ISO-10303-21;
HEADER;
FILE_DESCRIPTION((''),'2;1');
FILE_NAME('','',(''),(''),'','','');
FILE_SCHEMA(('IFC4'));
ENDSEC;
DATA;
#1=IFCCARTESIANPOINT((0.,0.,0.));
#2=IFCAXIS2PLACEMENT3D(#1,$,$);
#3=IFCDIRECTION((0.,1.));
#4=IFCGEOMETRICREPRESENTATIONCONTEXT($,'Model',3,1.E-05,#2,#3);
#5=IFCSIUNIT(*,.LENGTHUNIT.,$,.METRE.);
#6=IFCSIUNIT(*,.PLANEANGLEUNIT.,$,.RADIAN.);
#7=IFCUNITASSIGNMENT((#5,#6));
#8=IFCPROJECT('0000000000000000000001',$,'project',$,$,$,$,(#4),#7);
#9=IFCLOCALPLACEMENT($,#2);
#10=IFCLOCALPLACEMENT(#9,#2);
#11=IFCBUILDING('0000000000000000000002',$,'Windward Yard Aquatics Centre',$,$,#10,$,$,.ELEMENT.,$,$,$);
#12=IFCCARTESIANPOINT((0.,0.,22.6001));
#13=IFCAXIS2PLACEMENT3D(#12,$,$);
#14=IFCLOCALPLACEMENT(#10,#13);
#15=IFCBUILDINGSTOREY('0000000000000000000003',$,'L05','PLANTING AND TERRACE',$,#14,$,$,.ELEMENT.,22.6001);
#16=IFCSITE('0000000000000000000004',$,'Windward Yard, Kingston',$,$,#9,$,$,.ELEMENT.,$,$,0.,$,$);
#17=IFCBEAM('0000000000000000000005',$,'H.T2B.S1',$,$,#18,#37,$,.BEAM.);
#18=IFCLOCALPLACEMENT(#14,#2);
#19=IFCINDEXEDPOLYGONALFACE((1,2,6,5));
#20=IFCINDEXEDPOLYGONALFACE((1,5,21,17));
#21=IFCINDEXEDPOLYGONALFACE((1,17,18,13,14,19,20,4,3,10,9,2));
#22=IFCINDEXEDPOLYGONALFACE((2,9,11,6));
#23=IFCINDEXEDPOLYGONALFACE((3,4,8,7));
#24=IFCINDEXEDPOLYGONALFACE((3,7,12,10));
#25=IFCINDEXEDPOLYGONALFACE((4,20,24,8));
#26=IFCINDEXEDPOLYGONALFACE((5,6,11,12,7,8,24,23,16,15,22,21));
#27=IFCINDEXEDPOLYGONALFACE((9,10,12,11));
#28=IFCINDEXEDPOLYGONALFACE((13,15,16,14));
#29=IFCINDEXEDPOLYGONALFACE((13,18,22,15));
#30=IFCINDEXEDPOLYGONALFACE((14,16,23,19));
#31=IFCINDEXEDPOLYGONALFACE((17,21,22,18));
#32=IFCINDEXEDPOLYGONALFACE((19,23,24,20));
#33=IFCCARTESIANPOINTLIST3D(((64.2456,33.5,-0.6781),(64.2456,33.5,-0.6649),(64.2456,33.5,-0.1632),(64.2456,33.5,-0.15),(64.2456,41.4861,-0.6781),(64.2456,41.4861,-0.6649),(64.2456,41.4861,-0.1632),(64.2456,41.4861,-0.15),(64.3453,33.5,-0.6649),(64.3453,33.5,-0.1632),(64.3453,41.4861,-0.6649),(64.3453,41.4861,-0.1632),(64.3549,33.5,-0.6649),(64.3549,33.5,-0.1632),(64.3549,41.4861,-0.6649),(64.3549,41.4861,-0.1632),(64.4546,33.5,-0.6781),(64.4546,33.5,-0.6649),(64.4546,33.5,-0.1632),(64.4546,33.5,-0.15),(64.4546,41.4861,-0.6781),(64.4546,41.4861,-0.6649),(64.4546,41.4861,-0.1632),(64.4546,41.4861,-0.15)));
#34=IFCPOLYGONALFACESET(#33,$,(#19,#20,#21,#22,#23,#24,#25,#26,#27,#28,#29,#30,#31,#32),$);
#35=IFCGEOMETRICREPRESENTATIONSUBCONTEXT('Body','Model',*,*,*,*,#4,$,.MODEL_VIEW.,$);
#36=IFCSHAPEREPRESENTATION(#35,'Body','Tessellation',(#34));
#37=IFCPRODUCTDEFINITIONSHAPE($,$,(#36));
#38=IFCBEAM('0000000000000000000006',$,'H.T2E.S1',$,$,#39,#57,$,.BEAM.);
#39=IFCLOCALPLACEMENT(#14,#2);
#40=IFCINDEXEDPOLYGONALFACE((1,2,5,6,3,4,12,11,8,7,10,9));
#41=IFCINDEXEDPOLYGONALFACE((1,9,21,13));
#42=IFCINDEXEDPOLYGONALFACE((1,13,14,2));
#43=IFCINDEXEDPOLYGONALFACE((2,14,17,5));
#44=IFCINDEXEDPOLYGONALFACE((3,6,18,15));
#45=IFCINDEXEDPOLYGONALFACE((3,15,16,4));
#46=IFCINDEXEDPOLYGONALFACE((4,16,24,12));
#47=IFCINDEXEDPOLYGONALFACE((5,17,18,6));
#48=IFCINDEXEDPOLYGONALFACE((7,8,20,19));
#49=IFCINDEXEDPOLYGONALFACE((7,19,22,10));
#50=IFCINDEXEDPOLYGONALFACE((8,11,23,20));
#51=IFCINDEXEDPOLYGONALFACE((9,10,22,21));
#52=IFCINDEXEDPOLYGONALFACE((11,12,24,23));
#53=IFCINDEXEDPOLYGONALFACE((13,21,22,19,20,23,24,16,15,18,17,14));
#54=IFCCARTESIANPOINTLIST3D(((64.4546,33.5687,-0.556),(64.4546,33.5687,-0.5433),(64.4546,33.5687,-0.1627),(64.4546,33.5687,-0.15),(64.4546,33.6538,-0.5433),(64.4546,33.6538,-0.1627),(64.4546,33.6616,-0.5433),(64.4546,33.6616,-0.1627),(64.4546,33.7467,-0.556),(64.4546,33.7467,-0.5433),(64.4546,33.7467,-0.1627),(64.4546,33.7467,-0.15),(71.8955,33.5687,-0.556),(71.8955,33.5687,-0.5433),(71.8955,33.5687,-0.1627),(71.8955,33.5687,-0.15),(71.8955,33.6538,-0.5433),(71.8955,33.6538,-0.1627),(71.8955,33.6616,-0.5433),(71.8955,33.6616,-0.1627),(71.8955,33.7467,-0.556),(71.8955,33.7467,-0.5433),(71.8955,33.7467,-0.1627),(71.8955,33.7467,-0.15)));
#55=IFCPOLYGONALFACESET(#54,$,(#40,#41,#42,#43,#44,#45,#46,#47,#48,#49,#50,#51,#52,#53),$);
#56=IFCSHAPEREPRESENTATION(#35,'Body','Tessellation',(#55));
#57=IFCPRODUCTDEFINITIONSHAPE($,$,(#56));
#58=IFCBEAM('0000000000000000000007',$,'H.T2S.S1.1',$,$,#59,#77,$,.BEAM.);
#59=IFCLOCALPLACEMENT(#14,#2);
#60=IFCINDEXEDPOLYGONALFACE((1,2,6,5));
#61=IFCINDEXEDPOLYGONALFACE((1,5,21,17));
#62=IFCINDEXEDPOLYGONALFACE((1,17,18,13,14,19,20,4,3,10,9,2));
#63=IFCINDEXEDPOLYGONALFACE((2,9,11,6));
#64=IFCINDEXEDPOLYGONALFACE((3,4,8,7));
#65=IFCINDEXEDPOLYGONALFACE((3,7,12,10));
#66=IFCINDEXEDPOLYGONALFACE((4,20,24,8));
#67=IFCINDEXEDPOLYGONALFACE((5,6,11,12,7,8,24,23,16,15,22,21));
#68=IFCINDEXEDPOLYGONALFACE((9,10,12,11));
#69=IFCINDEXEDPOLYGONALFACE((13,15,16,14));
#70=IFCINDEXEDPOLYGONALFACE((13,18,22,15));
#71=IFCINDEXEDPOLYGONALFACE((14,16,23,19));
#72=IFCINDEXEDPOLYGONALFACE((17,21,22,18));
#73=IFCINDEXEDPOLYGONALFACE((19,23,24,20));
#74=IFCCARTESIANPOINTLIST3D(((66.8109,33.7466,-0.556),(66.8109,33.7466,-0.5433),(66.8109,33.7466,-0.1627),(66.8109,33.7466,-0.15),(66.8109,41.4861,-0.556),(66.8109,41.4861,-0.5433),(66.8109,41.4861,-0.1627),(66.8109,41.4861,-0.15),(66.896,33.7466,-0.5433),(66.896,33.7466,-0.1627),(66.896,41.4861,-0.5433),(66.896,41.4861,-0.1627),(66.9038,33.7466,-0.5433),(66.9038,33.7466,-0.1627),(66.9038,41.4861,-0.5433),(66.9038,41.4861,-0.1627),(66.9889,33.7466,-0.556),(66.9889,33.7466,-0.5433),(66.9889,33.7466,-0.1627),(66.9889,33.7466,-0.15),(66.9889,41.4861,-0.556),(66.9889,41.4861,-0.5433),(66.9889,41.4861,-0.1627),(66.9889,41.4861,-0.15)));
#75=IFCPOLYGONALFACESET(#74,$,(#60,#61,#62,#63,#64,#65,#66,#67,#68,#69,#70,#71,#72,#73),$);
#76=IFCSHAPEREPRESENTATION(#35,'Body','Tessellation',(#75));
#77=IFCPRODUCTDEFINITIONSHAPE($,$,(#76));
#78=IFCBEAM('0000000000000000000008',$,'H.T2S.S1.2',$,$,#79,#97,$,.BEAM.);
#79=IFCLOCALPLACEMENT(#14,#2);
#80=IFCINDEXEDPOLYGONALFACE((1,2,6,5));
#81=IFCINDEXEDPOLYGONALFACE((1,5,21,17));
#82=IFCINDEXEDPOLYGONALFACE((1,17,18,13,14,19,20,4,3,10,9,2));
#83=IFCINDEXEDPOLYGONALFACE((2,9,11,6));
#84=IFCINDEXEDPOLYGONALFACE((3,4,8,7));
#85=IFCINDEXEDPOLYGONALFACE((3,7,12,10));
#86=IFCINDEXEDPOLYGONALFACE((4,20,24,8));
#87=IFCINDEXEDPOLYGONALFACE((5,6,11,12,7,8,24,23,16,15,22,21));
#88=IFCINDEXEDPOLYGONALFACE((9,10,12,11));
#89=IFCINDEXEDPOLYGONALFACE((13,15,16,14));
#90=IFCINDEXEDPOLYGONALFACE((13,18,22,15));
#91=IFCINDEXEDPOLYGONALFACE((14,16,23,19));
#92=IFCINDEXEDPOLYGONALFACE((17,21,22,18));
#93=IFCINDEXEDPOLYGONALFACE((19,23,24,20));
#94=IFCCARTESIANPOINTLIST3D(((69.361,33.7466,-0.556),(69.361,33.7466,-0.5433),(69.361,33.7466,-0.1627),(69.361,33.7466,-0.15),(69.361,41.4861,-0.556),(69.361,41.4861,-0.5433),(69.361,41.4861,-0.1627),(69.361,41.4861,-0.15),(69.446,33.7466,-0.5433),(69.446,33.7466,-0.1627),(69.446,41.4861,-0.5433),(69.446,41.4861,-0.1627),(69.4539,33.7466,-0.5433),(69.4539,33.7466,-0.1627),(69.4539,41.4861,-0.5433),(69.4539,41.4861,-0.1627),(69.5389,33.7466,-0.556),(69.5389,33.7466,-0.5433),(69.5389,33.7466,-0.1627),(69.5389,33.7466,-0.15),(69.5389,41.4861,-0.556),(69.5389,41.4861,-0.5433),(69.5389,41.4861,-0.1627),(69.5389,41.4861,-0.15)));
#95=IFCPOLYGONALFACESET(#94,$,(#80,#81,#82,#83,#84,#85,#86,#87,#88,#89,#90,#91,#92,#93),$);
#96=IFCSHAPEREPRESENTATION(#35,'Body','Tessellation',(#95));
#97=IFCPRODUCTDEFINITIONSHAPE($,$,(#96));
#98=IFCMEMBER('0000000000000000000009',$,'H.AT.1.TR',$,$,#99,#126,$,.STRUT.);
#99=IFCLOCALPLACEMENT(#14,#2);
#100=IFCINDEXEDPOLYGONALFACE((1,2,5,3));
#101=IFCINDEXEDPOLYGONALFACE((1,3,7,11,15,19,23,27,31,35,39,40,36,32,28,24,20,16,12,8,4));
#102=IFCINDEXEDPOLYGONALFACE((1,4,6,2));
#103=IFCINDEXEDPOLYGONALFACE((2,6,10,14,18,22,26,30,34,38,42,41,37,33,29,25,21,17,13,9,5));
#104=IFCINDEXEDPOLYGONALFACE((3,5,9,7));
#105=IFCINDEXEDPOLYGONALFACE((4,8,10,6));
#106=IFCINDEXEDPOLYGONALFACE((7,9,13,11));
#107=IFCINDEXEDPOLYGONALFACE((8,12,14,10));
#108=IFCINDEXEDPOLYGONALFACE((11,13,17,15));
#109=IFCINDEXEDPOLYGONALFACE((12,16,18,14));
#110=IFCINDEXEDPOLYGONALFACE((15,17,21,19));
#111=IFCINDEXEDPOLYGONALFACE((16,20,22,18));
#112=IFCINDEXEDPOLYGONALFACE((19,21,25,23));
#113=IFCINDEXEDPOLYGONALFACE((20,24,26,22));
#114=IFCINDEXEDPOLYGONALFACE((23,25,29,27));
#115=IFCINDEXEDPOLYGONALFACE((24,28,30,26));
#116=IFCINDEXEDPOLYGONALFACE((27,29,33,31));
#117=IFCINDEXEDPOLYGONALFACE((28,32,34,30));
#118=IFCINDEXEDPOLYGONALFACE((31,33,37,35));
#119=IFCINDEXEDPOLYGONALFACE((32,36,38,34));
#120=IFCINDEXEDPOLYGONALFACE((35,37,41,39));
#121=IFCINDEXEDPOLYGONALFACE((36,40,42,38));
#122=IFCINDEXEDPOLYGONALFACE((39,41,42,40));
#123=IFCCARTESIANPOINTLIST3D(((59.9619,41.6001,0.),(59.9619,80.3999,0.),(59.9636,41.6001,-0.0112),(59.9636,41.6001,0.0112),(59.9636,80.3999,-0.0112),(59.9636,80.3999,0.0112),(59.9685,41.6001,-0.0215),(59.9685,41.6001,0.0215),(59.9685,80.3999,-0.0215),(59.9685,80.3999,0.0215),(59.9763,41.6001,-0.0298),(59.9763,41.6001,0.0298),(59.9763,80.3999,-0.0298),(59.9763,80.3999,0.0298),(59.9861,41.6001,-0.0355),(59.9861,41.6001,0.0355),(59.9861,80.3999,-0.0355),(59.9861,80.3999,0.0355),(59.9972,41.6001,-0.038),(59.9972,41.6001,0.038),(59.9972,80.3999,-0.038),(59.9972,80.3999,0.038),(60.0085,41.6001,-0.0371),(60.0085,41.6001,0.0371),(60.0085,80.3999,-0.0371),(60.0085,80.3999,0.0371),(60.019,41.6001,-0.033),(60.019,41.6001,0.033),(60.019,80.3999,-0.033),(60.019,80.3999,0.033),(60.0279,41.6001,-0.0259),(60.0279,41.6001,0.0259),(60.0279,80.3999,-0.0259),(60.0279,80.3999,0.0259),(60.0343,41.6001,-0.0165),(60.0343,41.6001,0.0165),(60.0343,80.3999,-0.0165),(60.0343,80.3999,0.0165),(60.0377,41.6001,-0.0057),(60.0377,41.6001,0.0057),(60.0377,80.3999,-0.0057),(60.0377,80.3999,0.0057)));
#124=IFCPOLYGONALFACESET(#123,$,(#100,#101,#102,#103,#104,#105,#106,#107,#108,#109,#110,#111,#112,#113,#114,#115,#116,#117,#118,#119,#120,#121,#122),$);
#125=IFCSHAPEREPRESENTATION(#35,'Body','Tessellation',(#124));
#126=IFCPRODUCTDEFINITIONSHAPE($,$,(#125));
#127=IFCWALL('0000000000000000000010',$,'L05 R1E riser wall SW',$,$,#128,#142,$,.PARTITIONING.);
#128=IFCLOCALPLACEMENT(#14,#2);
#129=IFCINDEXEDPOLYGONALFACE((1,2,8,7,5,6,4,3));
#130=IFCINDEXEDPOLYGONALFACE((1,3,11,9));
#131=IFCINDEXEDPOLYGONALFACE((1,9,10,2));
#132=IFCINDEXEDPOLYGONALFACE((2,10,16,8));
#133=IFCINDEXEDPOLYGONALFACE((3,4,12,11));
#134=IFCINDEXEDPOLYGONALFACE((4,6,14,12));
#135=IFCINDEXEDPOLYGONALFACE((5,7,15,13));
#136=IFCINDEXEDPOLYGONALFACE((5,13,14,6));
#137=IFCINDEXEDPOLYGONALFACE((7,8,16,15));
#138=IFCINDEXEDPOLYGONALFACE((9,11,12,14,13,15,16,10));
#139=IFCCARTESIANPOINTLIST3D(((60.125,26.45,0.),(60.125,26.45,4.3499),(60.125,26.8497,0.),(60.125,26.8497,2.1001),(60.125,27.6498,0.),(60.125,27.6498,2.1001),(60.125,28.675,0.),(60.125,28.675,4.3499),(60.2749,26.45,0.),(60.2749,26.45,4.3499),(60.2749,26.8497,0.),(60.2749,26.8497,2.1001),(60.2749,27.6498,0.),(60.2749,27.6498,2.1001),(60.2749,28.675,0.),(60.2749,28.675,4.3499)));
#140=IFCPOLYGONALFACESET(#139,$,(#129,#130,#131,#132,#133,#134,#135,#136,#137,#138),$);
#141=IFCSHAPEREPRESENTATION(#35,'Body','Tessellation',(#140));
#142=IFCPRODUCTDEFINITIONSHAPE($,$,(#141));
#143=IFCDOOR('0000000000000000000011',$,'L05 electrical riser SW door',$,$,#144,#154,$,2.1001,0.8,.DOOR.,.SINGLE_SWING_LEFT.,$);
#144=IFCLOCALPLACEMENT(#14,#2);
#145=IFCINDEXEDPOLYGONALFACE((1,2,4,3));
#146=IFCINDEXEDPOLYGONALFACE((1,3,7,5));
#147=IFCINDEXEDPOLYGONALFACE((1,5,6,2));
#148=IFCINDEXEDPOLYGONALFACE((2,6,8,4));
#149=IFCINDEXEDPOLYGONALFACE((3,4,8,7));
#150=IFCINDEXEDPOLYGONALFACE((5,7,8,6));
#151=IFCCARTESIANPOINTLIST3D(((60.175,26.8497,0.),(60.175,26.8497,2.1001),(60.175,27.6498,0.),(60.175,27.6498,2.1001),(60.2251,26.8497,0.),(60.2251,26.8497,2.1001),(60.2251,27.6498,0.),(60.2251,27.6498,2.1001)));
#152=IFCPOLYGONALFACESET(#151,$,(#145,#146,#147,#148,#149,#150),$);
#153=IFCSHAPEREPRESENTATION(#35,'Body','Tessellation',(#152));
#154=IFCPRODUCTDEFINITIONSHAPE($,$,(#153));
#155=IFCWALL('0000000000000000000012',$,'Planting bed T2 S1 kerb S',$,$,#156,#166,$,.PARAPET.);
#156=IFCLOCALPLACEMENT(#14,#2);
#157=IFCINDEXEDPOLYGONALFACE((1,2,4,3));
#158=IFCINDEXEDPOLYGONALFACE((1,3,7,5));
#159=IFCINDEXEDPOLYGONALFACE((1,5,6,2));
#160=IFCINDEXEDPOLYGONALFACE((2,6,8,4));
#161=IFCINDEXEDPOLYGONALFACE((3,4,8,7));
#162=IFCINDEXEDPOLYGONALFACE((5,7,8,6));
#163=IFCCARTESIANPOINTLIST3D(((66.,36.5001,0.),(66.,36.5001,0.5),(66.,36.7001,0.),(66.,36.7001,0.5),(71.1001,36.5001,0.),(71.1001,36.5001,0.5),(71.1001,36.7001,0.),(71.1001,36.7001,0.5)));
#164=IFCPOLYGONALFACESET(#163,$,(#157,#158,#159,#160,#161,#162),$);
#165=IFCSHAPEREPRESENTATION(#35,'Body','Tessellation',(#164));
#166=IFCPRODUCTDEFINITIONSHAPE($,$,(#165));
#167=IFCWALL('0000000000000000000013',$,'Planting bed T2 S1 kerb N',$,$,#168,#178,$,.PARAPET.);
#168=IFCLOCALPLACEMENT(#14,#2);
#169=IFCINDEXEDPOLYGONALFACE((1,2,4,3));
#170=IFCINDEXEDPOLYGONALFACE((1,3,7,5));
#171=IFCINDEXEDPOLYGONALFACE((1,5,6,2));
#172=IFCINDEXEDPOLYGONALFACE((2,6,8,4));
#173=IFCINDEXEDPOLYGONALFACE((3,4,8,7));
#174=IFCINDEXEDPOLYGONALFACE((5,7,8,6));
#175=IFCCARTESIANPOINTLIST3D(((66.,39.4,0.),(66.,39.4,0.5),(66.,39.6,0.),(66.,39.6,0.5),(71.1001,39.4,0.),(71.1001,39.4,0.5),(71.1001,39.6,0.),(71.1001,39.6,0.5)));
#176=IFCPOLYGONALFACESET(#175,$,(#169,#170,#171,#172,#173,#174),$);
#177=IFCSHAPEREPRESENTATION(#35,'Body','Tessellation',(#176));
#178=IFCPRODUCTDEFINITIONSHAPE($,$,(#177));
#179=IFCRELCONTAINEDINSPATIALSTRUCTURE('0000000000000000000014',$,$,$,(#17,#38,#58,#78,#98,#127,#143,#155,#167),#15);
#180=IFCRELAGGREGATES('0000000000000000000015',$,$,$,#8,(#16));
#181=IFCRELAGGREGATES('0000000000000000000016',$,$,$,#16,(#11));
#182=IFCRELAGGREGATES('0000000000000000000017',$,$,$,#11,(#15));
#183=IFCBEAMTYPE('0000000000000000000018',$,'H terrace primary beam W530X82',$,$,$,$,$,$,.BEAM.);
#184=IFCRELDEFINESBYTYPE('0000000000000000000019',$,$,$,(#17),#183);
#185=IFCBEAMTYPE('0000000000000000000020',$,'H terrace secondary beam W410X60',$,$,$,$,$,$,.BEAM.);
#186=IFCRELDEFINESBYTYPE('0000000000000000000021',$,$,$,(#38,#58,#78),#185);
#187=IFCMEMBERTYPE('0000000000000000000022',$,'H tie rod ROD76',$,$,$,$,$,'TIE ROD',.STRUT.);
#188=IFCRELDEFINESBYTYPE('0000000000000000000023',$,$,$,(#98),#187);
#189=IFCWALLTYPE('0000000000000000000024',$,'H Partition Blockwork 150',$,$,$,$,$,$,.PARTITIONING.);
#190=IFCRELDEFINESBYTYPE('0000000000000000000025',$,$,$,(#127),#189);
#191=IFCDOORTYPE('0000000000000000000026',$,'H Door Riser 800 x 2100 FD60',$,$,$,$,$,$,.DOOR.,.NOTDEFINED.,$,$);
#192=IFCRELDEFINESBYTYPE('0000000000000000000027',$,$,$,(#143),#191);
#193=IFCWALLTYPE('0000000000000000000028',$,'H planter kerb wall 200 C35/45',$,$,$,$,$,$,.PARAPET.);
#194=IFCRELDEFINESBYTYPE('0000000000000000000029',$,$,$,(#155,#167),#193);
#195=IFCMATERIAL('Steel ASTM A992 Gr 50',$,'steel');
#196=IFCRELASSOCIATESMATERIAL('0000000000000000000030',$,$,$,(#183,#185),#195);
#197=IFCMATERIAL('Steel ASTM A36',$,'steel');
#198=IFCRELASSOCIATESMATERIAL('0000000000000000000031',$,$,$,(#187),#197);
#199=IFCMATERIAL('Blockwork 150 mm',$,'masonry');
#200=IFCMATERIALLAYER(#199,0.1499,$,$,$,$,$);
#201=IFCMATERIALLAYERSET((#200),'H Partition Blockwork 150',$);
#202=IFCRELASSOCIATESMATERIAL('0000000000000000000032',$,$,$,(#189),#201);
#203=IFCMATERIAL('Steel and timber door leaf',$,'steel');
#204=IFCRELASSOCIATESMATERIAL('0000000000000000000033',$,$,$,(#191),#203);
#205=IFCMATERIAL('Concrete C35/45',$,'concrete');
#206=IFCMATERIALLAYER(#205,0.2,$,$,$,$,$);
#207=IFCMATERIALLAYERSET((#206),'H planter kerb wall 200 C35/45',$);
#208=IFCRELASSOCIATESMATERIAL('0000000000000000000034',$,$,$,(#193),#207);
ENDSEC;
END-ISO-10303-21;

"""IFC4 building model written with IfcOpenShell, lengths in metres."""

from ifc_helpers import new_model, si_unit, direction, frame, frame_2d, origin, origin_2d, place, context, subcontext, project, spatial, rectangle, circle, i_section, extrude, material, layer, layer_set, material_profile, profile_set, type_object, element, fill, save


model = new_model("IFC4")

# Units and contexts
model_context = context("Model", 3, precision=1e-05, world=origin(), true_north=direction((0.0, 1.0)))
body_context = subcontext(model_context, "Body", "Model", "MODEL_VIEW")
ifc_project = project(units=[si_unit("LENGTHUNIT", "METRE"), si_unit("PLANEANGLEUNIT", "RADIAN")], contexts=[model_context])

# Site, building, storey
site_placement = place(None, origin())
site = spatial("IfcSite", under=ifc_project, at=site_placement, Name="Windward Yard, Kingston", CompositionType="ELEMENT", RefElevation=0.0)
building_placement = place(site_placement, origin())
building = spatial("IfcBuilding", under=site, at=building_placement, Name="Windward Yard Aquatics Centre", CompositionType="ELEMENT")
storey_placement = place(building_placement, frame((0.0, 0.0, 22.6001)))
storey = spatial("IfcBuildingStorey", under=building, at=storey_placement, Name="L05", Description="PLANTING AND TERRACE", CompositionType="ELEMENT", Elevation=22.6001)

# Shared definitions
ifc_material_1 = material(Name="Steel ASTM A992 Gr 50", Category="steel")

# Beams
ifc_material_profile_1 = material_profile(ifc_material_1, i_section(OverallWidth=0.209, OverallDepth=0.5281, WebThickness=0.0095, FlangeThickness=0.0132, at=origin_2d()), Name="W530X82")
ifc_profile_set_1 = profile_set([ifc_material_profile_1], Name="Steel ASTM A992 Gr 50")
beam_type_1 = type_object("IfcBeamType", Name="H terrace primary beam W530X82", PredefinedType="BEAM", material=ifc_profile_set_1)
beam_1_placement = place(storey_placement, frame((64.3501, 33.5, -0.4141), z_axis=(0.0, 1.0, 0.0), x_axis=(-1.0, 0.0, 0.0)))
element("IfcBeam", 1, at=beam_1_placement, inside=storey, type_object=beam_type_1, Name="H.T2B.S1", PredefinedType="BEAM", context=body_context, shape_type="SweptSolid", body=[
    extrude(i_section(OverallWidth=0.209, OverallDepth=0.5281, WebThickness=0.0095, FlangeThickness=0.0132, at=origin_2d()), origin(), (0.0, 0.0, 1.0), 7.9861),
])
ifc_material_profile_2 = material_profile(ifc_material_1, i_section(OverallWidth=0.178, OverallDepth=0.406, WebThickness=0.0078, FlangeThickness=0.0127, at=origin_2d()), Name="W410X60")
ifc_profile_set_2 = profile_set([ifc_material_profile_2], Name="Steel ASTM A992 Gr 50")
beam_type_2 = type_object("IfcBeamType", Name="H terrace secondary beam W410X60", PredefinedType="BEAM", material=ifc_profile_set_2)
beam_2_placement = place(storey_placement, frame((64.4546, 33.6577, -0.353), z_axis=(1.0, 0.0, 0.0), x_axis=(0.0, 1.0, 0.0)))
element("IfcBeam", 2, at=beam_2_placement, inside=storey, type_object=beam_type_2, Name="H.T2E.S1", PredefinedType="BEAM", context=body_context, shape_type="SweptSolid", body=[
    extrude(i_section(OverallWidth=0.178, OverallDepth=0.406, WebThickness=0.0078, FlangeThickness=0.0127, at=origin_2d()), origin(), (0.0, 0.0, 1.0), 7.4409),
])
for number, where, z_axis, x_axis, name in (
    (3, (66.8999, 33.7466, -0.353), (0.0, 1.0, 0.0), (-1.0, 0.0, 0.0), "H.T2S.S1.1"),
    (4, (69.45, 33.7466, -0.353), (0.0, 1.0, 0.0), (-1.0, 0.0, 0.0), "H.T2S.S1.2"),
):
    element("IfcBeam", number, at=place(storey_placement, frame(where, z_axis=z_axis, x_axis=x_axis)), inside=storey, type_object=beam_type_2, Name=name, PredefinedType="BEAM", context=body_context, shape_type="SweptSolid", body=[
        extrude(i_section(OverallWidth=0.178, OverallDepth=0.406, WebThickness=0.0078, FlangeThickness=0.0127, at=origin_2d()), origin(), (0.0, 0.0, 1.0), 7.7395),
    ])

# Member
ifc_material_2 = material(Name="Steel ASTM A36", Category="steel")
ifc_material_profile_3 = material_profile(ifc_material_2, circle(Radius=0.0381, at=origin_2d()), Name="ROD76")
ifc_profile_set_3 = profile_set([ifc_material_profile_3], Name="Steel ASTM A36")
member_type_1 = type_object("IfcMemberType", Name="H tie rod ROD76", ElementType="TIE ROD", PredefinedType="STRUT", material=ifc_profile_set_3)
member_1_placement = place(storey_placement, frame((60.0, 41.6001, 0.0), z_axis=(0.0, 1.0, 0.0), x_axis=(-1.0, 0.0, 0.0)))
element("IfcMember", 5, at=member_1_placement, inside=storey, type_object=member_type_1, Name="H.AT.1.TR", PredefinedType="STRUT", context=body_context, shape_type="SweptSolid", body=[
    extrude(circle(Radius=0.0381, at=origin_2d()), origin(), (0.0, 0.0, 1.0), 38.7998),
])

# Wall, opening, door
ifc_material_3 = material(Name="Blockwork 150 mm", Category="masonry")
ifc_layer_1 = layer(ifc_material_3, 0.1499)
ifc_layer_set_1 = layer_set([ifc_layer_1], Name="H Partition Blockwork 150")
wall_type_1 = type_object("IfcWallType", Name="H Partition Blockwork 150", PredefinedType="PARTITIONING", material=ifc_layer_set_1)
wall_1_placement = place(storey_placement, frame((60.2, 26.45, 0.0), z_axis=(0.0, 0.0, 1.0), x_axis=(0.0, 1.0, 0.0)))
wall_1 = element("IfcWall", 6, at=wall_1_placement, inside=storey, type_object=wall_type_1, Name="L05 R1E riser wall SW", PredefinedType="PARTITIONING", context=body_context, shape_type="SweptSolid", body=[
    extrude(rectangle(XDim=2.2251, YDim=0.1499, at=frame_2d((1.1125, 0.0))), origin(), (0.0, 0.0, 1.0), 4.3499),
])
opening_1_placement = place(wall_1_placement, frame((0.3999, 0.0, 0.0)))
opening_1 = element("IfcOpeningElement", 7, at=opening_1_placement, cuts=wall_1, PredefinedType="OPENING", context=body_context, shape_type="SweptSolid", body=[
    extrude(rectangle(XDim=0.8, YDim=2.1001, at=frame_2d((0.3999, 1.05))), frame((0.0, 0.085, 0.0), z_axis=(0.0, -1.0, 0.0), x_axis=(1.0, 0.0, 0.0)), (0.0, 0.0, 1.0), 0.1699),
])
ifc_material_4 = material(Name="Steel and timber door leaf", Category="steel")
door_type_1 = type_object("IfcDoorType", Name="H Door Riser 800 x 2100 FD60", OperationType="NOTDEFINED", PredefinedType="DOOR", material=ifc_material_4)
door_1_placement = place(opening_1_placement, origin())
door_1 = element("IfcDoor", 8, at=door_1_placement, inside=storey, type_object=door_type_1, Name="L05 electrical riser SW door", OperationType="SINGLE_SWING_LEFT", OverallHeight=2.1001, OverallWidth=0.8, PredefinedType="DOOR", context=body_context, shape_type="SweptSolid", body=[
    extrude(rectangle(XDim=0.8, YDim=2.1001, at=frame_2d((0.3999, 1.05))), frame((0.0, 0.0249, 0.0), z_axis=(0.0, -1.0, 0.0), x_axis=(1.0, 0.0, 0.0)), (0.0, 0.0, 1.0), 0.05),
])
fill(opening_1, door_1)

# Walls
ifc_material_5 = material(Name="Concrete C35/45", Category="concrete")
ifc_layer_2 = layer(ifc_material_5, 0.2)
ifc_layer_set_2 = layer_set([ifc_layer_2], Name="H planter kerb wall 200 C35/45")
wall_type_2 = type_object("IfcWallType", Name="H planter kerb wall 200 C35/45", PredefinedType="PARAPET", material=ifc_layer_set_2)
for number, where, z_axis, x_axis, name in (
    (9, (66.0, 36.6001, 0.0), (0.0, 0.0, 1.0), (1.0, 0.0, 0.0), "Planting bed T2 S1 kerb S"),
    (10, (66.0, 39.5, 0.0), (0.0, 0.0, 1.0), (1.0, 0.0, 0.0), "Planting bed T2 S1 kerb N"),
):
    element("IfcWall", number, at=place(storey_placement, frame(where, z_axis=z_axis, x_axis=x_axis)), inside=storey, type_object=wall_type_2, Name=name, PredefinedType="PARAPET", context=body_context, shape_type="SweptSolid", body=[
        extrude(rectangle(XDim=5.1001, YDim=0.2, at=frame_2d((2.55, 0.0))), origin(), (0.0, 0.0, 1.0), 0.5),
    ])

save(model, "model.ifc")
